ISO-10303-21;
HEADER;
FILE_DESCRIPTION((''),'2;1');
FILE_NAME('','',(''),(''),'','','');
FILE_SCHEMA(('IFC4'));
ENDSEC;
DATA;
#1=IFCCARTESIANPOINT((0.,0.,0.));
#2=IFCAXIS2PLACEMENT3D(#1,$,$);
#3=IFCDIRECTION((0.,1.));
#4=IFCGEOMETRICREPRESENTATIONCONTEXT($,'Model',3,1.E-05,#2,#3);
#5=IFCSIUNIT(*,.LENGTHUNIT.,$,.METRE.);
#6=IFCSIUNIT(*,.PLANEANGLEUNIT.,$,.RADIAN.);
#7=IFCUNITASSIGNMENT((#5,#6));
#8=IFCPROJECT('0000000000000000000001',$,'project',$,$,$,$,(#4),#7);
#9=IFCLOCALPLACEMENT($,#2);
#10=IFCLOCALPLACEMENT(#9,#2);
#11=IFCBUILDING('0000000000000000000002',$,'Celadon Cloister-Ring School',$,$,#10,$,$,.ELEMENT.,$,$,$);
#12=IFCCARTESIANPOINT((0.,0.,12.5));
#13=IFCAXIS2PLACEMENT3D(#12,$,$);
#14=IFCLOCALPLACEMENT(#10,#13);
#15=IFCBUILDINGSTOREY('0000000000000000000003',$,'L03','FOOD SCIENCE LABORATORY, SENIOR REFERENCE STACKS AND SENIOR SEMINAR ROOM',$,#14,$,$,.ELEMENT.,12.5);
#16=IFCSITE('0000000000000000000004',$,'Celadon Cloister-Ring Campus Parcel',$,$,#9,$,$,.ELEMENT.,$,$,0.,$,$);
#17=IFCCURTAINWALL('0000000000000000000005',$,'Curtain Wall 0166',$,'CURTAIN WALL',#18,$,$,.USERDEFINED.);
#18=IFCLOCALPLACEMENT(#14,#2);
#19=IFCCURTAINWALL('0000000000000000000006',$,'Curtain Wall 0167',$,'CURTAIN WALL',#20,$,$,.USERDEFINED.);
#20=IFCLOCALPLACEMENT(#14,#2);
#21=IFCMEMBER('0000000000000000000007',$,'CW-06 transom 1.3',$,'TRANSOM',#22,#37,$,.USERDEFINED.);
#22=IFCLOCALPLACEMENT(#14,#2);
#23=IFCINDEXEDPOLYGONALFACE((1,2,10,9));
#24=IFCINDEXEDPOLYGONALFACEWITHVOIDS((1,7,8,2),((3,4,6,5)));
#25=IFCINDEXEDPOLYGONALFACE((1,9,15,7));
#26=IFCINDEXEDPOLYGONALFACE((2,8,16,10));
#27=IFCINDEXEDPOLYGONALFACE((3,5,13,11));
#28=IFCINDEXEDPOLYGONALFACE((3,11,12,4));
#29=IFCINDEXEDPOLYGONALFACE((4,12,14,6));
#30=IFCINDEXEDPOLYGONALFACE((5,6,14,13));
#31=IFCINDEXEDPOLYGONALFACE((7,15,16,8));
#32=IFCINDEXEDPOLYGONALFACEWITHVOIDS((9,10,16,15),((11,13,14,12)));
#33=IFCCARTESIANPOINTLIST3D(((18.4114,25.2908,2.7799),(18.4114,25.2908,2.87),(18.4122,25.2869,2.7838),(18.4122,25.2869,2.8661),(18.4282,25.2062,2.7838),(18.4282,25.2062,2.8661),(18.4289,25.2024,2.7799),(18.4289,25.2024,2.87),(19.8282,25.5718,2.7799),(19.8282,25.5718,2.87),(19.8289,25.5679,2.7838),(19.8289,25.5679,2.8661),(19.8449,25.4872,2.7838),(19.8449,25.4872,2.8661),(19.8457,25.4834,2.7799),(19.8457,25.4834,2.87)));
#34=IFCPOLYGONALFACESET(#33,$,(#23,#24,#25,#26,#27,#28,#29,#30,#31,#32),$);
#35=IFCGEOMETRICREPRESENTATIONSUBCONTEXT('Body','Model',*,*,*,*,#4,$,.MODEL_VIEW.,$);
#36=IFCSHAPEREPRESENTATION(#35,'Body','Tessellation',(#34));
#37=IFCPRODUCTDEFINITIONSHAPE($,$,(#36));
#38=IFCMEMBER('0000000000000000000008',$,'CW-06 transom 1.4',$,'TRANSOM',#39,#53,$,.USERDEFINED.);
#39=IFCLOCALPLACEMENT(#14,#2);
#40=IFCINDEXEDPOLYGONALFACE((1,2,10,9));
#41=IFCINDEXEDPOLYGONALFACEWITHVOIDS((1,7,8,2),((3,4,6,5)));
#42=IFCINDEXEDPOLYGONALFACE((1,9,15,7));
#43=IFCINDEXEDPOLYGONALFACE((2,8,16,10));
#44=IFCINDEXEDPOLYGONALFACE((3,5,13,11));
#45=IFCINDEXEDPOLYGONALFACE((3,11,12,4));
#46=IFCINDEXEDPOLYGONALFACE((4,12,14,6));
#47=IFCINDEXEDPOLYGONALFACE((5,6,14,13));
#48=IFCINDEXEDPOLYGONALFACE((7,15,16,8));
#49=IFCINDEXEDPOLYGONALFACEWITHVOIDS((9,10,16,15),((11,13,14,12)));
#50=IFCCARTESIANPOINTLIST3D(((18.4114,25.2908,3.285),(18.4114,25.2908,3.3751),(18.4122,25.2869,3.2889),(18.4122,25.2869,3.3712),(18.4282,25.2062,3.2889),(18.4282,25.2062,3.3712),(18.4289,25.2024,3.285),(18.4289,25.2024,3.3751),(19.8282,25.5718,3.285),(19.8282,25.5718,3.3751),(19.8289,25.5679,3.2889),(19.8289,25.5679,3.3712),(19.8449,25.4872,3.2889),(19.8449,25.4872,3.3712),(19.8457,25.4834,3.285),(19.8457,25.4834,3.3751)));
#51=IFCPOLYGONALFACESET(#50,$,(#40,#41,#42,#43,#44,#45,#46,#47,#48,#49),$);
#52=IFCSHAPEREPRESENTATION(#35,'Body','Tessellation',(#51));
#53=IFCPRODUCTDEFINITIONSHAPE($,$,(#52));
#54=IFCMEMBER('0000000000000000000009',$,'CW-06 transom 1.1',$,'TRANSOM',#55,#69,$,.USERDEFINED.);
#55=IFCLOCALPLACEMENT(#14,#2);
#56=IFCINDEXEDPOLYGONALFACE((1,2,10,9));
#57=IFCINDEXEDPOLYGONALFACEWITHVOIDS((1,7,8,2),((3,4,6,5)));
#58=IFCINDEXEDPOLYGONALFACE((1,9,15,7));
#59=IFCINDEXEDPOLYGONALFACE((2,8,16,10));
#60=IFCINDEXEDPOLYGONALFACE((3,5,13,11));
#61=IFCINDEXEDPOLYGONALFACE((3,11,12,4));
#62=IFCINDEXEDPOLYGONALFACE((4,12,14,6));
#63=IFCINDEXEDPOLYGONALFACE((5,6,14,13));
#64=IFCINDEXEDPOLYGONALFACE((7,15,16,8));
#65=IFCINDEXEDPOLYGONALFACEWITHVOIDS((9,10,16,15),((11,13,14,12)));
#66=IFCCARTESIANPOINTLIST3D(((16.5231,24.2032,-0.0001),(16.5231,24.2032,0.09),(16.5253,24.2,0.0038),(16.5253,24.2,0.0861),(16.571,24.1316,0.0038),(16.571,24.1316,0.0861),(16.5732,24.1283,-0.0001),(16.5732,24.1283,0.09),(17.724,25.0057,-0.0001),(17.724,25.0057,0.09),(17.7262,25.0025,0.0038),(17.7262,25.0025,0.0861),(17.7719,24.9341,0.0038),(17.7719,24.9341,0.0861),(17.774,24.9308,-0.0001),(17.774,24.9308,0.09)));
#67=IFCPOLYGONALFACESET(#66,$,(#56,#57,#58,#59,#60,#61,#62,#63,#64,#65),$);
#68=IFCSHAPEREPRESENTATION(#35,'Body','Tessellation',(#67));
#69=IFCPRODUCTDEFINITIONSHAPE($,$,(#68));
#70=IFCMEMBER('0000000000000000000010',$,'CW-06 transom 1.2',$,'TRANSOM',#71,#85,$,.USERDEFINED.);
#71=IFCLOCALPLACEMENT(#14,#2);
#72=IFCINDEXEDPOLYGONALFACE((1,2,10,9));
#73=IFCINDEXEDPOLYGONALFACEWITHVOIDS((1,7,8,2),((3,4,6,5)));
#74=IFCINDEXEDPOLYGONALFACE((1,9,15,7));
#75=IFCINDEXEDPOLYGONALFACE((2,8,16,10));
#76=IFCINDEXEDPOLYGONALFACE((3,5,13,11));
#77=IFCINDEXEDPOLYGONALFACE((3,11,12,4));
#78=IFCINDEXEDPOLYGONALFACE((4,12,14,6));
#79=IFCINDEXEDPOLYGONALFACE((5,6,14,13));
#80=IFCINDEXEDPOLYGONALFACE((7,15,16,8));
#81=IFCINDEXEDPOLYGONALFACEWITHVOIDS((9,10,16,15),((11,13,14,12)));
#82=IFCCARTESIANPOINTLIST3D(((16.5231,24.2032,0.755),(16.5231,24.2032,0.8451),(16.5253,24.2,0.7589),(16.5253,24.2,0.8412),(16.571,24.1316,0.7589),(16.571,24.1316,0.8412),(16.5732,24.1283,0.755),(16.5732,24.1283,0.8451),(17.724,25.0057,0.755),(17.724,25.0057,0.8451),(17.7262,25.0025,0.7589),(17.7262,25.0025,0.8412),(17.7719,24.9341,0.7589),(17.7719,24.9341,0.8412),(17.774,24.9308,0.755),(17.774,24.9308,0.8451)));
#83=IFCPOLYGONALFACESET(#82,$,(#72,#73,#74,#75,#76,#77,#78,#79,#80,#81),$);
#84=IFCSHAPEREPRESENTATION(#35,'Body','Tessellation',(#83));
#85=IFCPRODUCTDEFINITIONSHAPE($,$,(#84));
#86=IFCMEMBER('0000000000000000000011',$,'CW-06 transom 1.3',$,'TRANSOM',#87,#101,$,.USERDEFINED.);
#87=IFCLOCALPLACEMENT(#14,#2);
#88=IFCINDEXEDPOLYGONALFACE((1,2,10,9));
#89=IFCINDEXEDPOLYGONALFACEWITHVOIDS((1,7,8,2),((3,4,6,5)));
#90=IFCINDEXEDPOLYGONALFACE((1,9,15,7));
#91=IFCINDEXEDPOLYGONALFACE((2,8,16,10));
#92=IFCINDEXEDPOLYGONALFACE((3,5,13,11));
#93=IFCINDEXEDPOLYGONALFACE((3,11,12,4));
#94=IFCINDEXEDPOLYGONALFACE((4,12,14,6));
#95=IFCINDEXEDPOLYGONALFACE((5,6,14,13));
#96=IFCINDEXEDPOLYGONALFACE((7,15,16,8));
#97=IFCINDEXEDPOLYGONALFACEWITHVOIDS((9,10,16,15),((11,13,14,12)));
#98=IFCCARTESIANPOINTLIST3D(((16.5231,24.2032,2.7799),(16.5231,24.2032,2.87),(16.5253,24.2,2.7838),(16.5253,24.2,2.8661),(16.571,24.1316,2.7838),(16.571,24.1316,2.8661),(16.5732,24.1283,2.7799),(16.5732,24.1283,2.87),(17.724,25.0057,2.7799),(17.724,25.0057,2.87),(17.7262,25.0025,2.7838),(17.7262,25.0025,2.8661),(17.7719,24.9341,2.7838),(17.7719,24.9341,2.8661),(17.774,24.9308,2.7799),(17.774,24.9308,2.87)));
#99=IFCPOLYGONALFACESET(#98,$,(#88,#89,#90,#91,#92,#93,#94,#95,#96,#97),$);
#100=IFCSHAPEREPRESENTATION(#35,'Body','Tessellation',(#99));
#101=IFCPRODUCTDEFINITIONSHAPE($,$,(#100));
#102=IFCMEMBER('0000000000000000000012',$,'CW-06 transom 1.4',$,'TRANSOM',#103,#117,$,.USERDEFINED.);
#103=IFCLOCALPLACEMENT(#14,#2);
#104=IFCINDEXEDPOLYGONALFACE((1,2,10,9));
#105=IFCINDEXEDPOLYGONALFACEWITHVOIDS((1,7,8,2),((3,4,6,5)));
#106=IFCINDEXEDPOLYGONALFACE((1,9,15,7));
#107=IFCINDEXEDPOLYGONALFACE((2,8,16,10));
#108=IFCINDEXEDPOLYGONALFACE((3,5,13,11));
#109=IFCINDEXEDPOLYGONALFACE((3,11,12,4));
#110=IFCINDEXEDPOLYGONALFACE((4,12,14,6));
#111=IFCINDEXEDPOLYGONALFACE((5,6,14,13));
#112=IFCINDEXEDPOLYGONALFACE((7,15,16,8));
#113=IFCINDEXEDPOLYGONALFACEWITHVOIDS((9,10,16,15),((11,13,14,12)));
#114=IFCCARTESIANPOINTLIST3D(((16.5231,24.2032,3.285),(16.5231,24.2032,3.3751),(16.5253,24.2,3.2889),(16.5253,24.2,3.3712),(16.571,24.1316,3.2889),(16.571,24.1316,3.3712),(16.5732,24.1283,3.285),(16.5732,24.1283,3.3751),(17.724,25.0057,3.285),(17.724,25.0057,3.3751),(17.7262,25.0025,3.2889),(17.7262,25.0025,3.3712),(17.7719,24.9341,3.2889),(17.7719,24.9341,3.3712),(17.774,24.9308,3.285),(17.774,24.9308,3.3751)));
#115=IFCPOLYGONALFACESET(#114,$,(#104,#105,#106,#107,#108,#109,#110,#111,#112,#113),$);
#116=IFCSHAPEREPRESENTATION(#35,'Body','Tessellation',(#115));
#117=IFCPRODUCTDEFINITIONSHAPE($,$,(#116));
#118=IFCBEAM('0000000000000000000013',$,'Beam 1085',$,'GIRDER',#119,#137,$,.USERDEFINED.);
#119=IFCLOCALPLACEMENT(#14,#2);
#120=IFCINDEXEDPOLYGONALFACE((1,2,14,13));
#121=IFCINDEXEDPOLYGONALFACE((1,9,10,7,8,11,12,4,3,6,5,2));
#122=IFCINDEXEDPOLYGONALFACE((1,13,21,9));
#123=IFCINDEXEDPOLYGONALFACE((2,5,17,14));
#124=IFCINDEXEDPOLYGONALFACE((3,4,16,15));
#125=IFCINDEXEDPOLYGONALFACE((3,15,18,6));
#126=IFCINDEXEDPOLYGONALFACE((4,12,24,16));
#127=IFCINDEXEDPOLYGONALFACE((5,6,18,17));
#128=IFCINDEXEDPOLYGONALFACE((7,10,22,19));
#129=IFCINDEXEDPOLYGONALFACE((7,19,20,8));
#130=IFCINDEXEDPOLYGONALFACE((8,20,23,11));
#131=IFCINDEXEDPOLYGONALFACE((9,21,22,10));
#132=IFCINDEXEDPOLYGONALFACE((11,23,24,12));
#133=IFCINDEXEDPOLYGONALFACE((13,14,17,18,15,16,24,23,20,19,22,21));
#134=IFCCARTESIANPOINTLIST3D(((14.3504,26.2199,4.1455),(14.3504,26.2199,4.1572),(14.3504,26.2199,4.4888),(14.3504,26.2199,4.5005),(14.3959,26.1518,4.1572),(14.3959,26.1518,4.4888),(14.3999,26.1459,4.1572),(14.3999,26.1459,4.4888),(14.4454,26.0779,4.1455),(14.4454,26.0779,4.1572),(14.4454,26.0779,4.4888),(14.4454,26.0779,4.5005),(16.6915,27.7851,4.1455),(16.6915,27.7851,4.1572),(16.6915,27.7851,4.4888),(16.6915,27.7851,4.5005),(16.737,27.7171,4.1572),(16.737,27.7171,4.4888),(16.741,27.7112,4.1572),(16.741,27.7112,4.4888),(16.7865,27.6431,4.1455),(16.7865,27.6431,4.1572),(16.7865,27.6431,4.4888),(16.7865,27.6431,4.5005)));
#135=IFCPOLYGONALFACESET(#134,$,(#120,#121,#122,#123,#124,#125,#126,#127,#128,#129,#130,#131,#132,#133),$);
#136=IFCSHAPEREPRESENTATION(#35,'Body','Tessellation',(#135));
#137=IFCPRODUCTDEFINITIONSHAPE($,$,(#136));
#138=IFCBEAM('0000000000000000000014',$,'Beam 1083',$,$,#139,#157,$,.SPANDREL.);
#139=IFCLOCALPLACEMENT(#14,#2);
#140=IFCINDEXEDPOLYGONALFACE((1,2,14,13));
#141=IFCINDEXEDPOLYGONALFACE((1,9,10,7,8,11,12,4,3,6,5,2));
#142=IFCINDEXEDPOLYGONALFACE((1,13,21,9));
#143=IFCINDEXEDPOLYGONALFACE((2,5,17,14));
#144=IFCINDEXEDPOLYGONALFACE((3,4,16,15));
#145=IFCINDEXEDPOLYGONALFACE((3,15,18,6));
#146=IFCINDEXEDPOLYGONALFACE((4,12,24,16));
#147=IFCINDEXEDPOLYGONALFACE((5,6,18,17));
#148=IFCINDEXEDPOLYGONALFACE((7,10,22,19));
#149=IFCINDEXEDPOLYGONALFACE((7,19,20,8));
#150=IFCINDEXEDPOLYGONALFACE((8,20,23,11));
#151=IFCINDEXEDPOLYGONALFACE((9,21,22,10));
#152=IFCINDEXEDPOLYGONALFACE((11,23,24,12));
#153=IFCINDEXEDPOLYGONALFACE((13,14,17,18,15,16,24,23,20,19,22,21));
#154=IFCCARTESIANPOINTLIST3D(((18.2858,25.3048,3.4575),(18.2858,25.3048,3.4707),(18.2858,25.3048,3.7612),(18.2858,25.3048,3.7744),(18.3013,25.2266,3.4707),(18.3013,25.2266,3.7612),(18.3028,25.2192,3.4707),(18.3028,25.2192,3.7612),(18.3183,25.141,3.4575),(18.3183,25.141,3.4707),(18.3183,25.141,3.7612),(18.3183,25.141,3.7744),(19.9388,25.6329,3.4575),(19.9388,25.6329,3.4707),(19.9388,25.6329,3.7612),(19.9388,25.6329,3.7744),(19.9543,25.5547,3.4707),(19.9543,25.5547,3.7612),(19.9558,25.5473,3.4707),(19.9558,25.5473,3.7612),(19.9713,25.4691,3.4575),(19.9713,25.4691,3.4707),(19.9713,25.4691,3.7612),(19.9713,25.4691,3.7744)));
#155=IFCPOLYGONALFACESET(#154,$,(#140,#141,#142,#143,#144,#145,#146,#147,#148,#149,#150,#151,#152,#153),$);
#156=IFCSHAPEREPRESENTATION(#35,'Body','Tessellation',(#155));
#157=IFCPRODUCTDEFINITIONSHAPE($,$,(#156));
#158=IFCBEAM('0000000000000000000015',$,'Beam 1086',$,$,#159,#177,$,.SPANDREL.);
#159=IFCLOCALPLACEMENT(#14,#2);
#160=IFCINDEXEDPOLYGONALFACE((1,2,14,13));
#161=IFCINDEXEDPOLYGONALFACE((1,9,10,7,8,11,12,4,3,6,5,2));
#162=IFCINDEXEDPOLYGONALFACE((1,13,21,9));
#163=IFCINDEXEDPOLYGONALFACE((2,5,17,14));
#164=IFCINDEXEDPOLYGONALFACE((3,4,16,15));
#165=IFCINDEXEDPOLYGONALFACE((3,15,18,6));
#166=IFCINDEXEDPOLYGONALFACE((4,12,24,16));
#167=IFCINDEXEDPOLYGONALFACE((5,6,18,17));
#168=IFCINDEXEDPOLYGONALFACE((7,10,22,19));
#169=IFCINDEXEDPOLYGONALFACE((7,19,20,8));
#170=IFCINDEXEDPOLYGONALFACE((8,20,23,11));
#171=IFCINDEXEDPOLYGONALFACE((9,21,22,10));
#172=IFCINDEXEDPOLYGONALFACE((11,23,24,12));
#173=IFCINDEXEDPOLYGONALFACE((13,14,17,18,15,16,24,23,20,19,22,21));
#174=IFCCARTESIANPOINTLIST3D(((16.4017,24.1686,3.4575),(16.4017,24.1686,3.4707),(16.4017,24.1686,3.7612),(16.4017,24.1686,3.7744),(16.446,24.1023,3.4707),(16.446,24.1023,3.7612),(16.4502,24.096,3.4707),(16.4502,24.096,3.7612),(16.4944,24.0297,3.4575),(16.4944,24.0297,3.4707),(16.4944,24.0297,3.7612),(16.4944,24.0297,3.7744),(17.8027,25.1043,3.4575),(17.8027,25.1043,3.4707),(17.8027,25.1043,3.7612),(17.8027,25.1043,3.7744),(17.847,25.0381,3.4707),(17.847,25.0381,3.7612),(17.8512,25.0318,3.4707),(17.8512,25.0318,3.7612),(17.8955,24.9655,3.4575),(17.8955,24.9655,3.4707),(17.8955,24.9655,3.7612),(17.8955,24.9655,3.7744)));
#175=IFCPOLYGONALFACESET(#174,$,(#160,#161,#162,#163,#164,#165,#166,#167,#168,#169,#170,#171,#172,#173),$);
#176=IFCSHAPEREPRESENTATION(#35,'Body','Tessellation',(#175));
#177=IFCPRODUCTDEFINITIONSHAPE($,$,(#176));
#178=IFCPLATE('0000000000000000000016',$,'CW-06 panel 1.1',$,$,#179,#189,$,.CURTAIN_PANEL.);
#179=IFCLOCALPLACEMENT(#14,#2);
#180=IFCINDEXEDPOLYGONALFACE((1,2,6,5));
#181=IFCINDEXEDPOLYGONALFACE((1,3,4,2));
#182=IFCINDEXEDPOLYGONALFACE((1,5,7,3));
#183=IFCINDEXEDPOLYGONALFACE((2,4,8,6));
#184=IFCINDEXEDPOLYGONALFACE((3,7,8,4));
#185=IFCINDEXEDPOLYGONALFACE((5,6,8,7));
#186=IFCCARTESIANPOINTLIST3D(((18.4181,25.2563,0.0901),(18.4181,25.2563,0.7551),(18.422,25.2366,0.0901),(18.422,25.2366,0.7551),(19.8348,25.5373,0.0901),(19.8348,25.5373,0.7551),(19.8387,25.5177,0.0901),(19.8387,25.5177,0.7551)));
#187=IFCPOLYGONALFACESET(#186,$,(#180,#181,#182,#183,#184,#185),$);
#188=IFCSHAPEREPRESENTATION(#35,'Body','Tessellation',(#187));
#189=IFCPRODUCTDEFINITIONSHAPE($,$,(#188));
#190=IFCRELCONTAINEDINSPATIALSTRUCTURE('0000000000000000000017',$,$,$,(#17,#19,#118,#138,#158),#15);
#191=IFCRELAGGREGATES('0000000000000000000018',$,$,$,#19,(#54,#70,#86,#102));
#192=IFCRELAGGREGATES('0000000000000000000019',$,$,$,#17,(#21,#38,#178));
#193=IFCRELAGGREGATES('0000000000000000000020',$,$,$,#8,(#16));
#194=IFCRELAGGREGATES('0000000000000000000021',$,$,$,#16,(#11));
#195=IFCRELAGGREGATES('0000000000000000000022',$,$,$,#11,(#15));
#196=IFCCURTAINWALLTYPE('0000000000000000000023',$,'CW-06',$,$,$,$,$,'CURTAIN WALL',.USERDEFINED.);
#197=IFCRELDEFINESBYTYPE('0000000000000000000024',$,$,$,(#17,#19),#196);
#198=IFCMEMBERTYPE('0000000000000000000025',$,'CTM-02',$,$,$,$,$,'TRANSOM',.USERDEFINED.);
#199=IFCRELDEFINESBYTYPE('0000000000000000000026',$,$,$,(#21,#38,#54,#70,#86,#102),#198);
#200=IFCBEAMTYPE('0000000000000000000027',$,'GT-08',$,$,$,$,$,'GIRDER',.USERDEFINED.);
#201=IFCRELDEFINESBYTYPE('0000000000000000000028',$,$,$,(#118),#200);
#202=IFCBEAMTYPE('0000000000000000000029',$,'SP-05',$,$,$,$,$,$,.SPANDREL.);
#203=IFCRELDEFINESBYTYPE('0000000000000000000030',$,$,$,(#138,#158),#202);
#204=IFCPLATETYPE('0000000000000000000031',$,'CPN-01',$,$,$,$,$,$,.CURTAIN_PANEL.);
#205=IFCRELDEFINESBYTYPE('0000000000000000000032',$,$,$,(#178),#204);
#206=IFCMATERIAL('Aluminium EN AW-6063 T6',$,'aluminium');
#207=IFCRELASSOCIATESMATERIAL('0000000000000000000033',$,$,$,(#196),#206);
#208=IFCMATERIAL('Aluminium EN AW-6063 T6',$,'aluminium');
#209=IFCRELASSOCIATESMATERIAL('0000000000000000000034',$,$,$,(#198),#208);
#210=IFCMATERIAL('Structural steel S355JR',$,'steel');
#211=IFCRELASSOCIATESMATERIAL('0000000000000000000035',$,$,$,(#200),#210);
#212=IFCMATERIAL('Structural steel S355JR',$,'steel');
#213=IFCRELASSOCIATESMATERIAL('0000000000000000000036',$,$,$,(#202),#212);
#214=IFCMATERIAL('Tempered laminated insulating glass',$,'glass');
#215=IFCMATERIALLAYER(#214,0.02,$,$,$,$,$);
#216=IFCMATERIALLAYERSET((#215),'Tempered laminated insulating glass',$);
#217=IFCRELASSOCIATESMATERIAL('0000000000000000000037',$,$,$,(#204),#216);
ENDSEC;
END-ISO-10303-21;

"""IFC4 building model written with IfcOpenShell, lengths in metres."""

from ifc_helpers import new_model, si_unit, direction, frame, origin, origin_2d, place, context, subcontext, project, spatial, rectangle, hollow_rectangle, i_section, extrude, material, layer, layer_set, material_profile, profile_set, type_object, element, aggregate, save


model = new_model("IFC4")

# Units and contexts
model_context = context("Model", 3, precision=1e-05, world=origin(), true_north=direction((0.0, 1.0)))
body_context = subcontext(model_context, "Body", "Model", "MODEL_VIEW")
ifc_project = project(units=[si_unit("LENGTHUNIT", "METRE"), si_unit("PLANEANGLEUNIT", "RADIAN")], contexts=[model_context])

# Site, building, storey
site_placement = place(None, origin())
site = spatial("IfcSite", under=ifc_project, at=site_placement, Name="Celadon Cloister-Ring Campus Parcel", CompositionType="ELEMENT", RefElevation=0.0)
building_placement = place(site_placement, origin())
building = spatial("IfcBuilding", under=site, at=building_placement, Name="Celadon Cloister-Ring School", CompositionType="ELEMENT")
storey_placement = place(building_placement, frame((0.0, 0.0, 12.5)))
storey = spatial("IfcBuildingStorey", under=building, at=storey_placement, Name="L03", Description="FOOD SCIENCE LABORATORY, SENIOR REFERENCE STACKS AND SENIOR SEMINAR ROOM", CompositionType="ELEMENT", Elevation=12.5)

# Curtain wall
ifc_material_1 = material(Name="Aluminium EN AW-6063 T6", Category="aluminium")
curtain_wall_type = type_object("IfcCurtainWallType", Name="CW-06", ElementType="CURTAIN WALL", PredefinedType="USERDEFINED", material=ifc_material_1)
curtain_wall_1_placement = place(storey_placement, origin())
curtain_wall_1 = element("IfcCurtainWall", 1, at=curtain_wall_1_placement, inside=storey, type_object=curtain_wall_type, Name="Curtain Wall 0166", ObjectType="CURTAIN WALL", PredefinedType="USERDEFINED")

# Curtain wall
curtain_wall_2_placement = place(storey_placement, origin())
curtain_wall_2 = element("IfcCurtainWall", 2, at=curtain_wall_2_placement, inside=storey, type_object=curtain_wall_type, Name="Curtain Wall 0167", ObjectType="CURTAIN WALL", PredefinedType="USERDEFINED")

# Members
ifc_material_2 = material(Name="Aluminium EN AW-6063 T6", Category="aluminium")
ifc_material_profile_1 = material_profile(ifc_material_2, hollow_rectangle(XDim=0.0901, YDim=0.0901, WallThickness=0.0039, at=origin_2d()), Name="RHS90X90X4")
ifc_profile_set_1 = profile_set([ifc_material_profile_1], Name="Aluminium EN AW-6063 T6")
member_type_1 = type_object("IfcMemberType", Name="CTM-02", ElementType="TRANSOM", PredefinedType="USERDEFINED", material=ifc_profile_set_1)
member_1_placement = place(storey_placement, frame((19.8369, 25.5276, 2.825), z_axis=(-0.980891, -0.194556, 0.0), x_axis=(0.194556, -0.980891, 0.0)))
member_1 = element("IfcMember", 3, at=member_1_placement, type_object=member_type_1, Name="CW-06 transom 1.3", ObjectType="TRANSOM", PredefinedType="USERDEFINED", context=body_context, shape_type="SweptSolid", body=[
    extrude(hollow_rectangle(XDim=0.0901, YDim=0.0901, WallThickness=0.0039, at=origin_2d()), origin(), (0.0, 0.0, 1.0), 1.4443),
])
member_2_placement = place(storey_placement, frame((19.8369, 25.5276, 3.3301), z_axis=(-0.980891, -0.194556, 0.0), x_axis=(0.194556, -0.980891, 0.0)))
member_2 = element("IfcMember", 4, at=member_2_placement, type_object=member_type_1, Name="CW-06 transom 1.4", ObjectType="TRANSOM", PredefinedType="USERDEFINED", context=body_context, shape_type="SweptSolid", body=[
    extrude(hollow_rectangle(XDim=0.0901, YDim=0.0901, WallThickness=0.0039, at=origin_2d()), origin(), (0.0, 0.0, 1.0), 1.4443),
])
member_3_placement = place(storey_placement, frame((17.749, 24.9683, 0.0449), z_axis=(-0.831452, -0.555597, 0.0), x_axis=(0.555597, -0.831452, 0.0)))
member_3 = element("IfcMember", 5, at=member_3_placement, type_object=member_type_1, Name="CW-06 transom 1.1", ObjectType="TRANSOM", PredefinedType="USERDEFINED", context=body_context, shape_type="SweptSolid", body=[
    extrude(hollow_rectangle(XDim=0.0901, YDim=0.0901, WallThickness=0.0039, at=origin_2d()), origin(), (0.0, 0.0, 1.0), 1.4443),
])
member_4_placement = place(storey_placement, frame((17.749, 24.9683, 0.8), z_axis=(-0.831452, -0.555597, 0.0), x_axis=(0.555597, -0.831452, 0.0)))
member_4 = element("IfcMember", 6, at=member_4_placement, type_object=member_type_1, Name="CW-06 transom 1.2", ObjectType="TRANSOM", PredefinedType="USERDEFINED", context=body_context, shape_type="SweptSolid", body=[
    extrude(hollow_rectangle(XDim=0.0901, YDim=0.0901, WallThickness=0.0039, at=origin_2d()), origin(), (0.0, 0.0, 1.0), 1.4443),
])
member_5_placement = place(storey_placement, frame((17.749, 24.9683, 2.825), z_axis=(-0.831452, -0.555597, 0.0), x_axis=(0.555597, -0.831452, 0.0)))
member_5 = element("IfcMember", 7, at=member_5_placement, type_object=member_type_1, Name="CW-06 transom 1.3", ObjectType="TRANSOM", PredefinedType="USERDEFINED", context=body_context, shape_type="SweptSolid", body=[
    extrude(hollow_rectangle(XDim=0.0901, YDim=0.0901, WallThickness=0.0039, at=origin_2d()), origin(), (0.0, 0.0, 1.0), 1.4443),
])
member_6_placement = place(storey_placement, frame((17.749, 24.9683, 3.3301), z_axis=(-0.831452, -0.555597, 0.0), x_axis=(0.555597, -0.831452, 0.0)))
member_6 = element("IfcMember", 8, at=member_6_placement, type_object=member_type_1, Name="CW-06 transom 1.4", ObjectType="TRANSOM", PredefinedType="USERDEFINED", context=body_context, shape_type="SweptSolid", body=[
    extrude(hollow_rectangle(XDim=0.0901, YDim=0.0901, WallThickness=0.0039, at=origin_2d()), origin(), (0.0, 0.0, 1.0), 1.4443),
])
aggregate(curtain_wall_2, [member_3, member_4, member_5, member_6])

# Beams
ifc_material_3 = material(Name="Structural steel S355JR", Category="steel")
ifc_material_profile_2 = material_profile(ifc_material_3, i_section(OverallWidth=0.1709, OverallDepth=0.355, WebThickness=0.0071, FlangeThickness=0.0117, at=origin_2d()), Name="W360X51")
ifc_profile_set_2 = profile_set([ifc_material_profile_2], Name="Structural steel S355JR")
beam_type_1 = type_object("IfcBeamType", Name="GT-08", ElementType="GIRDER", PredefinedType="USERDEFINED", material=ifc_profile_set_2)
beam_1_placement = place(storey_placement, frame((16.739, 27.7141, 4.323), z_axis=(-0.831316, -0.5558, 0.0), x_axis=(0.5558, -0.831316, 0.0)))
element("IfcBeam", 9, at=beam_1_placement, inside=storey, type_object=beam_type_1, Name="Beam 1085", ObjectType="GIRDER", PredefinedType="USERDEFINED", context=body_context, shape_type="SweptSolid", body=[
    extrude(i_section(OverallWidth=0.1709, OverallDepth=0.355, WebThickness=0.0071, FlangeThickness=0.0117, at=origin_2d()), origin(), (0.0, 0.0, 1.0), 2.8162),
])
ifc_material_4 = material(Name="Structural steel S355JR", Category="steel")
ifc_material_profile_3 = material_profile(ifc_material_4, i_section(OverallWidth=0.167, OverallDepth=0.3169, WebThickness=0.0076, FlangeThickness=0.0132, at=origin_2d()), Name="W310X52")
ifc_profile_set_3 = profile_set([ifc_material_profile_3], Name="Structural steel S355JR")
beam_type_2 = type_object("IfcBeamType", Name="SP-05", PredefinedType="SPANDREL", material=ifc_profile_set_3)
beam_2_placement = place(storey_placement, frame((19.9551, 25.551, 3.616), z_axis=(-0.980864, -0.194695, 0.0), x_axis=(0.194695, -0.980864, 0.0)))
element("IfcBeam", 10, at=beam_2_placement, inside=storey, type_object=beam_type_2, Name="Beam 1083", PredefinedType="SPANDREL", context=body_context, shape_type="SweptSolid", body=[
    extrude(i_section(OverallWidth=0.167, OverallDepth=0.3169, WebThickness=0.0076, FlangeThickness=0.0132, at=origin_2d()), origin(), (0.0, 0.0, 1.0), 1.6853),
])
beam_3_placement = place(storey_placement, frame((17.8491, 25.0349, 3.616), z_axis=(-0.831582, -0.555402, 0.0), x_axis=(0.555402, -0.831582, 0.0)))
element("IfcBeam", 11, at=beam_3_placement, inside=storey, type_object=beam_type_2, Name="Beam 1086", PredefinedType="SPANDREL", context=body_context, shape_type="SweptSolid", body=[
    extrude(i_section(OverallWidth=0.167, OverallDepth=0.3169, WebThickness=0.0076, FlangeThickness=0.0132, at=origin_2d()), origin(), (0.0, 0.0, 1.0), 1.6848),
])

# Plate
ifc_material_5 = material(Name="Tempered laminated insulating glass", Category="glass")
ifc_layer_1 = layer(ifc_material_5, 0.02)
ifc_layer_set_1 = layer_set([ifc_layer_1], Name="Tempered laminated insulating glass")
plate_type = type_object("IfcPlateType", Name="CPN-01", PredefinedType="CURTAIN_PANEL", material=ifc_layer_set_1)
plate_1_placement = place(storey_placement, frame((19.1284, 25.387, 0.0901), z_axis=(0.0, 0.0, 1.0), x_axis=(-0.980885, -0.194586, 0.0)))
plate_1 = element("IfcPlate", 12, at=plate_1_placement, type_object=plate_type, Name="CW-06 panel 1.1", PredefinedType="CURTAIN_PANEL", context=body_context, shape_type="SweptSolid", body=[
    extrude(rectangle(XDim=1.4443, YDim=0.02, at=origin_2d()), origin(), (0.0, 0.0, 1.0), 0.665),
])
aggregate(curtain_wall_1, [member_1, member_2, plate_1])

save(model, "model.ifc")
